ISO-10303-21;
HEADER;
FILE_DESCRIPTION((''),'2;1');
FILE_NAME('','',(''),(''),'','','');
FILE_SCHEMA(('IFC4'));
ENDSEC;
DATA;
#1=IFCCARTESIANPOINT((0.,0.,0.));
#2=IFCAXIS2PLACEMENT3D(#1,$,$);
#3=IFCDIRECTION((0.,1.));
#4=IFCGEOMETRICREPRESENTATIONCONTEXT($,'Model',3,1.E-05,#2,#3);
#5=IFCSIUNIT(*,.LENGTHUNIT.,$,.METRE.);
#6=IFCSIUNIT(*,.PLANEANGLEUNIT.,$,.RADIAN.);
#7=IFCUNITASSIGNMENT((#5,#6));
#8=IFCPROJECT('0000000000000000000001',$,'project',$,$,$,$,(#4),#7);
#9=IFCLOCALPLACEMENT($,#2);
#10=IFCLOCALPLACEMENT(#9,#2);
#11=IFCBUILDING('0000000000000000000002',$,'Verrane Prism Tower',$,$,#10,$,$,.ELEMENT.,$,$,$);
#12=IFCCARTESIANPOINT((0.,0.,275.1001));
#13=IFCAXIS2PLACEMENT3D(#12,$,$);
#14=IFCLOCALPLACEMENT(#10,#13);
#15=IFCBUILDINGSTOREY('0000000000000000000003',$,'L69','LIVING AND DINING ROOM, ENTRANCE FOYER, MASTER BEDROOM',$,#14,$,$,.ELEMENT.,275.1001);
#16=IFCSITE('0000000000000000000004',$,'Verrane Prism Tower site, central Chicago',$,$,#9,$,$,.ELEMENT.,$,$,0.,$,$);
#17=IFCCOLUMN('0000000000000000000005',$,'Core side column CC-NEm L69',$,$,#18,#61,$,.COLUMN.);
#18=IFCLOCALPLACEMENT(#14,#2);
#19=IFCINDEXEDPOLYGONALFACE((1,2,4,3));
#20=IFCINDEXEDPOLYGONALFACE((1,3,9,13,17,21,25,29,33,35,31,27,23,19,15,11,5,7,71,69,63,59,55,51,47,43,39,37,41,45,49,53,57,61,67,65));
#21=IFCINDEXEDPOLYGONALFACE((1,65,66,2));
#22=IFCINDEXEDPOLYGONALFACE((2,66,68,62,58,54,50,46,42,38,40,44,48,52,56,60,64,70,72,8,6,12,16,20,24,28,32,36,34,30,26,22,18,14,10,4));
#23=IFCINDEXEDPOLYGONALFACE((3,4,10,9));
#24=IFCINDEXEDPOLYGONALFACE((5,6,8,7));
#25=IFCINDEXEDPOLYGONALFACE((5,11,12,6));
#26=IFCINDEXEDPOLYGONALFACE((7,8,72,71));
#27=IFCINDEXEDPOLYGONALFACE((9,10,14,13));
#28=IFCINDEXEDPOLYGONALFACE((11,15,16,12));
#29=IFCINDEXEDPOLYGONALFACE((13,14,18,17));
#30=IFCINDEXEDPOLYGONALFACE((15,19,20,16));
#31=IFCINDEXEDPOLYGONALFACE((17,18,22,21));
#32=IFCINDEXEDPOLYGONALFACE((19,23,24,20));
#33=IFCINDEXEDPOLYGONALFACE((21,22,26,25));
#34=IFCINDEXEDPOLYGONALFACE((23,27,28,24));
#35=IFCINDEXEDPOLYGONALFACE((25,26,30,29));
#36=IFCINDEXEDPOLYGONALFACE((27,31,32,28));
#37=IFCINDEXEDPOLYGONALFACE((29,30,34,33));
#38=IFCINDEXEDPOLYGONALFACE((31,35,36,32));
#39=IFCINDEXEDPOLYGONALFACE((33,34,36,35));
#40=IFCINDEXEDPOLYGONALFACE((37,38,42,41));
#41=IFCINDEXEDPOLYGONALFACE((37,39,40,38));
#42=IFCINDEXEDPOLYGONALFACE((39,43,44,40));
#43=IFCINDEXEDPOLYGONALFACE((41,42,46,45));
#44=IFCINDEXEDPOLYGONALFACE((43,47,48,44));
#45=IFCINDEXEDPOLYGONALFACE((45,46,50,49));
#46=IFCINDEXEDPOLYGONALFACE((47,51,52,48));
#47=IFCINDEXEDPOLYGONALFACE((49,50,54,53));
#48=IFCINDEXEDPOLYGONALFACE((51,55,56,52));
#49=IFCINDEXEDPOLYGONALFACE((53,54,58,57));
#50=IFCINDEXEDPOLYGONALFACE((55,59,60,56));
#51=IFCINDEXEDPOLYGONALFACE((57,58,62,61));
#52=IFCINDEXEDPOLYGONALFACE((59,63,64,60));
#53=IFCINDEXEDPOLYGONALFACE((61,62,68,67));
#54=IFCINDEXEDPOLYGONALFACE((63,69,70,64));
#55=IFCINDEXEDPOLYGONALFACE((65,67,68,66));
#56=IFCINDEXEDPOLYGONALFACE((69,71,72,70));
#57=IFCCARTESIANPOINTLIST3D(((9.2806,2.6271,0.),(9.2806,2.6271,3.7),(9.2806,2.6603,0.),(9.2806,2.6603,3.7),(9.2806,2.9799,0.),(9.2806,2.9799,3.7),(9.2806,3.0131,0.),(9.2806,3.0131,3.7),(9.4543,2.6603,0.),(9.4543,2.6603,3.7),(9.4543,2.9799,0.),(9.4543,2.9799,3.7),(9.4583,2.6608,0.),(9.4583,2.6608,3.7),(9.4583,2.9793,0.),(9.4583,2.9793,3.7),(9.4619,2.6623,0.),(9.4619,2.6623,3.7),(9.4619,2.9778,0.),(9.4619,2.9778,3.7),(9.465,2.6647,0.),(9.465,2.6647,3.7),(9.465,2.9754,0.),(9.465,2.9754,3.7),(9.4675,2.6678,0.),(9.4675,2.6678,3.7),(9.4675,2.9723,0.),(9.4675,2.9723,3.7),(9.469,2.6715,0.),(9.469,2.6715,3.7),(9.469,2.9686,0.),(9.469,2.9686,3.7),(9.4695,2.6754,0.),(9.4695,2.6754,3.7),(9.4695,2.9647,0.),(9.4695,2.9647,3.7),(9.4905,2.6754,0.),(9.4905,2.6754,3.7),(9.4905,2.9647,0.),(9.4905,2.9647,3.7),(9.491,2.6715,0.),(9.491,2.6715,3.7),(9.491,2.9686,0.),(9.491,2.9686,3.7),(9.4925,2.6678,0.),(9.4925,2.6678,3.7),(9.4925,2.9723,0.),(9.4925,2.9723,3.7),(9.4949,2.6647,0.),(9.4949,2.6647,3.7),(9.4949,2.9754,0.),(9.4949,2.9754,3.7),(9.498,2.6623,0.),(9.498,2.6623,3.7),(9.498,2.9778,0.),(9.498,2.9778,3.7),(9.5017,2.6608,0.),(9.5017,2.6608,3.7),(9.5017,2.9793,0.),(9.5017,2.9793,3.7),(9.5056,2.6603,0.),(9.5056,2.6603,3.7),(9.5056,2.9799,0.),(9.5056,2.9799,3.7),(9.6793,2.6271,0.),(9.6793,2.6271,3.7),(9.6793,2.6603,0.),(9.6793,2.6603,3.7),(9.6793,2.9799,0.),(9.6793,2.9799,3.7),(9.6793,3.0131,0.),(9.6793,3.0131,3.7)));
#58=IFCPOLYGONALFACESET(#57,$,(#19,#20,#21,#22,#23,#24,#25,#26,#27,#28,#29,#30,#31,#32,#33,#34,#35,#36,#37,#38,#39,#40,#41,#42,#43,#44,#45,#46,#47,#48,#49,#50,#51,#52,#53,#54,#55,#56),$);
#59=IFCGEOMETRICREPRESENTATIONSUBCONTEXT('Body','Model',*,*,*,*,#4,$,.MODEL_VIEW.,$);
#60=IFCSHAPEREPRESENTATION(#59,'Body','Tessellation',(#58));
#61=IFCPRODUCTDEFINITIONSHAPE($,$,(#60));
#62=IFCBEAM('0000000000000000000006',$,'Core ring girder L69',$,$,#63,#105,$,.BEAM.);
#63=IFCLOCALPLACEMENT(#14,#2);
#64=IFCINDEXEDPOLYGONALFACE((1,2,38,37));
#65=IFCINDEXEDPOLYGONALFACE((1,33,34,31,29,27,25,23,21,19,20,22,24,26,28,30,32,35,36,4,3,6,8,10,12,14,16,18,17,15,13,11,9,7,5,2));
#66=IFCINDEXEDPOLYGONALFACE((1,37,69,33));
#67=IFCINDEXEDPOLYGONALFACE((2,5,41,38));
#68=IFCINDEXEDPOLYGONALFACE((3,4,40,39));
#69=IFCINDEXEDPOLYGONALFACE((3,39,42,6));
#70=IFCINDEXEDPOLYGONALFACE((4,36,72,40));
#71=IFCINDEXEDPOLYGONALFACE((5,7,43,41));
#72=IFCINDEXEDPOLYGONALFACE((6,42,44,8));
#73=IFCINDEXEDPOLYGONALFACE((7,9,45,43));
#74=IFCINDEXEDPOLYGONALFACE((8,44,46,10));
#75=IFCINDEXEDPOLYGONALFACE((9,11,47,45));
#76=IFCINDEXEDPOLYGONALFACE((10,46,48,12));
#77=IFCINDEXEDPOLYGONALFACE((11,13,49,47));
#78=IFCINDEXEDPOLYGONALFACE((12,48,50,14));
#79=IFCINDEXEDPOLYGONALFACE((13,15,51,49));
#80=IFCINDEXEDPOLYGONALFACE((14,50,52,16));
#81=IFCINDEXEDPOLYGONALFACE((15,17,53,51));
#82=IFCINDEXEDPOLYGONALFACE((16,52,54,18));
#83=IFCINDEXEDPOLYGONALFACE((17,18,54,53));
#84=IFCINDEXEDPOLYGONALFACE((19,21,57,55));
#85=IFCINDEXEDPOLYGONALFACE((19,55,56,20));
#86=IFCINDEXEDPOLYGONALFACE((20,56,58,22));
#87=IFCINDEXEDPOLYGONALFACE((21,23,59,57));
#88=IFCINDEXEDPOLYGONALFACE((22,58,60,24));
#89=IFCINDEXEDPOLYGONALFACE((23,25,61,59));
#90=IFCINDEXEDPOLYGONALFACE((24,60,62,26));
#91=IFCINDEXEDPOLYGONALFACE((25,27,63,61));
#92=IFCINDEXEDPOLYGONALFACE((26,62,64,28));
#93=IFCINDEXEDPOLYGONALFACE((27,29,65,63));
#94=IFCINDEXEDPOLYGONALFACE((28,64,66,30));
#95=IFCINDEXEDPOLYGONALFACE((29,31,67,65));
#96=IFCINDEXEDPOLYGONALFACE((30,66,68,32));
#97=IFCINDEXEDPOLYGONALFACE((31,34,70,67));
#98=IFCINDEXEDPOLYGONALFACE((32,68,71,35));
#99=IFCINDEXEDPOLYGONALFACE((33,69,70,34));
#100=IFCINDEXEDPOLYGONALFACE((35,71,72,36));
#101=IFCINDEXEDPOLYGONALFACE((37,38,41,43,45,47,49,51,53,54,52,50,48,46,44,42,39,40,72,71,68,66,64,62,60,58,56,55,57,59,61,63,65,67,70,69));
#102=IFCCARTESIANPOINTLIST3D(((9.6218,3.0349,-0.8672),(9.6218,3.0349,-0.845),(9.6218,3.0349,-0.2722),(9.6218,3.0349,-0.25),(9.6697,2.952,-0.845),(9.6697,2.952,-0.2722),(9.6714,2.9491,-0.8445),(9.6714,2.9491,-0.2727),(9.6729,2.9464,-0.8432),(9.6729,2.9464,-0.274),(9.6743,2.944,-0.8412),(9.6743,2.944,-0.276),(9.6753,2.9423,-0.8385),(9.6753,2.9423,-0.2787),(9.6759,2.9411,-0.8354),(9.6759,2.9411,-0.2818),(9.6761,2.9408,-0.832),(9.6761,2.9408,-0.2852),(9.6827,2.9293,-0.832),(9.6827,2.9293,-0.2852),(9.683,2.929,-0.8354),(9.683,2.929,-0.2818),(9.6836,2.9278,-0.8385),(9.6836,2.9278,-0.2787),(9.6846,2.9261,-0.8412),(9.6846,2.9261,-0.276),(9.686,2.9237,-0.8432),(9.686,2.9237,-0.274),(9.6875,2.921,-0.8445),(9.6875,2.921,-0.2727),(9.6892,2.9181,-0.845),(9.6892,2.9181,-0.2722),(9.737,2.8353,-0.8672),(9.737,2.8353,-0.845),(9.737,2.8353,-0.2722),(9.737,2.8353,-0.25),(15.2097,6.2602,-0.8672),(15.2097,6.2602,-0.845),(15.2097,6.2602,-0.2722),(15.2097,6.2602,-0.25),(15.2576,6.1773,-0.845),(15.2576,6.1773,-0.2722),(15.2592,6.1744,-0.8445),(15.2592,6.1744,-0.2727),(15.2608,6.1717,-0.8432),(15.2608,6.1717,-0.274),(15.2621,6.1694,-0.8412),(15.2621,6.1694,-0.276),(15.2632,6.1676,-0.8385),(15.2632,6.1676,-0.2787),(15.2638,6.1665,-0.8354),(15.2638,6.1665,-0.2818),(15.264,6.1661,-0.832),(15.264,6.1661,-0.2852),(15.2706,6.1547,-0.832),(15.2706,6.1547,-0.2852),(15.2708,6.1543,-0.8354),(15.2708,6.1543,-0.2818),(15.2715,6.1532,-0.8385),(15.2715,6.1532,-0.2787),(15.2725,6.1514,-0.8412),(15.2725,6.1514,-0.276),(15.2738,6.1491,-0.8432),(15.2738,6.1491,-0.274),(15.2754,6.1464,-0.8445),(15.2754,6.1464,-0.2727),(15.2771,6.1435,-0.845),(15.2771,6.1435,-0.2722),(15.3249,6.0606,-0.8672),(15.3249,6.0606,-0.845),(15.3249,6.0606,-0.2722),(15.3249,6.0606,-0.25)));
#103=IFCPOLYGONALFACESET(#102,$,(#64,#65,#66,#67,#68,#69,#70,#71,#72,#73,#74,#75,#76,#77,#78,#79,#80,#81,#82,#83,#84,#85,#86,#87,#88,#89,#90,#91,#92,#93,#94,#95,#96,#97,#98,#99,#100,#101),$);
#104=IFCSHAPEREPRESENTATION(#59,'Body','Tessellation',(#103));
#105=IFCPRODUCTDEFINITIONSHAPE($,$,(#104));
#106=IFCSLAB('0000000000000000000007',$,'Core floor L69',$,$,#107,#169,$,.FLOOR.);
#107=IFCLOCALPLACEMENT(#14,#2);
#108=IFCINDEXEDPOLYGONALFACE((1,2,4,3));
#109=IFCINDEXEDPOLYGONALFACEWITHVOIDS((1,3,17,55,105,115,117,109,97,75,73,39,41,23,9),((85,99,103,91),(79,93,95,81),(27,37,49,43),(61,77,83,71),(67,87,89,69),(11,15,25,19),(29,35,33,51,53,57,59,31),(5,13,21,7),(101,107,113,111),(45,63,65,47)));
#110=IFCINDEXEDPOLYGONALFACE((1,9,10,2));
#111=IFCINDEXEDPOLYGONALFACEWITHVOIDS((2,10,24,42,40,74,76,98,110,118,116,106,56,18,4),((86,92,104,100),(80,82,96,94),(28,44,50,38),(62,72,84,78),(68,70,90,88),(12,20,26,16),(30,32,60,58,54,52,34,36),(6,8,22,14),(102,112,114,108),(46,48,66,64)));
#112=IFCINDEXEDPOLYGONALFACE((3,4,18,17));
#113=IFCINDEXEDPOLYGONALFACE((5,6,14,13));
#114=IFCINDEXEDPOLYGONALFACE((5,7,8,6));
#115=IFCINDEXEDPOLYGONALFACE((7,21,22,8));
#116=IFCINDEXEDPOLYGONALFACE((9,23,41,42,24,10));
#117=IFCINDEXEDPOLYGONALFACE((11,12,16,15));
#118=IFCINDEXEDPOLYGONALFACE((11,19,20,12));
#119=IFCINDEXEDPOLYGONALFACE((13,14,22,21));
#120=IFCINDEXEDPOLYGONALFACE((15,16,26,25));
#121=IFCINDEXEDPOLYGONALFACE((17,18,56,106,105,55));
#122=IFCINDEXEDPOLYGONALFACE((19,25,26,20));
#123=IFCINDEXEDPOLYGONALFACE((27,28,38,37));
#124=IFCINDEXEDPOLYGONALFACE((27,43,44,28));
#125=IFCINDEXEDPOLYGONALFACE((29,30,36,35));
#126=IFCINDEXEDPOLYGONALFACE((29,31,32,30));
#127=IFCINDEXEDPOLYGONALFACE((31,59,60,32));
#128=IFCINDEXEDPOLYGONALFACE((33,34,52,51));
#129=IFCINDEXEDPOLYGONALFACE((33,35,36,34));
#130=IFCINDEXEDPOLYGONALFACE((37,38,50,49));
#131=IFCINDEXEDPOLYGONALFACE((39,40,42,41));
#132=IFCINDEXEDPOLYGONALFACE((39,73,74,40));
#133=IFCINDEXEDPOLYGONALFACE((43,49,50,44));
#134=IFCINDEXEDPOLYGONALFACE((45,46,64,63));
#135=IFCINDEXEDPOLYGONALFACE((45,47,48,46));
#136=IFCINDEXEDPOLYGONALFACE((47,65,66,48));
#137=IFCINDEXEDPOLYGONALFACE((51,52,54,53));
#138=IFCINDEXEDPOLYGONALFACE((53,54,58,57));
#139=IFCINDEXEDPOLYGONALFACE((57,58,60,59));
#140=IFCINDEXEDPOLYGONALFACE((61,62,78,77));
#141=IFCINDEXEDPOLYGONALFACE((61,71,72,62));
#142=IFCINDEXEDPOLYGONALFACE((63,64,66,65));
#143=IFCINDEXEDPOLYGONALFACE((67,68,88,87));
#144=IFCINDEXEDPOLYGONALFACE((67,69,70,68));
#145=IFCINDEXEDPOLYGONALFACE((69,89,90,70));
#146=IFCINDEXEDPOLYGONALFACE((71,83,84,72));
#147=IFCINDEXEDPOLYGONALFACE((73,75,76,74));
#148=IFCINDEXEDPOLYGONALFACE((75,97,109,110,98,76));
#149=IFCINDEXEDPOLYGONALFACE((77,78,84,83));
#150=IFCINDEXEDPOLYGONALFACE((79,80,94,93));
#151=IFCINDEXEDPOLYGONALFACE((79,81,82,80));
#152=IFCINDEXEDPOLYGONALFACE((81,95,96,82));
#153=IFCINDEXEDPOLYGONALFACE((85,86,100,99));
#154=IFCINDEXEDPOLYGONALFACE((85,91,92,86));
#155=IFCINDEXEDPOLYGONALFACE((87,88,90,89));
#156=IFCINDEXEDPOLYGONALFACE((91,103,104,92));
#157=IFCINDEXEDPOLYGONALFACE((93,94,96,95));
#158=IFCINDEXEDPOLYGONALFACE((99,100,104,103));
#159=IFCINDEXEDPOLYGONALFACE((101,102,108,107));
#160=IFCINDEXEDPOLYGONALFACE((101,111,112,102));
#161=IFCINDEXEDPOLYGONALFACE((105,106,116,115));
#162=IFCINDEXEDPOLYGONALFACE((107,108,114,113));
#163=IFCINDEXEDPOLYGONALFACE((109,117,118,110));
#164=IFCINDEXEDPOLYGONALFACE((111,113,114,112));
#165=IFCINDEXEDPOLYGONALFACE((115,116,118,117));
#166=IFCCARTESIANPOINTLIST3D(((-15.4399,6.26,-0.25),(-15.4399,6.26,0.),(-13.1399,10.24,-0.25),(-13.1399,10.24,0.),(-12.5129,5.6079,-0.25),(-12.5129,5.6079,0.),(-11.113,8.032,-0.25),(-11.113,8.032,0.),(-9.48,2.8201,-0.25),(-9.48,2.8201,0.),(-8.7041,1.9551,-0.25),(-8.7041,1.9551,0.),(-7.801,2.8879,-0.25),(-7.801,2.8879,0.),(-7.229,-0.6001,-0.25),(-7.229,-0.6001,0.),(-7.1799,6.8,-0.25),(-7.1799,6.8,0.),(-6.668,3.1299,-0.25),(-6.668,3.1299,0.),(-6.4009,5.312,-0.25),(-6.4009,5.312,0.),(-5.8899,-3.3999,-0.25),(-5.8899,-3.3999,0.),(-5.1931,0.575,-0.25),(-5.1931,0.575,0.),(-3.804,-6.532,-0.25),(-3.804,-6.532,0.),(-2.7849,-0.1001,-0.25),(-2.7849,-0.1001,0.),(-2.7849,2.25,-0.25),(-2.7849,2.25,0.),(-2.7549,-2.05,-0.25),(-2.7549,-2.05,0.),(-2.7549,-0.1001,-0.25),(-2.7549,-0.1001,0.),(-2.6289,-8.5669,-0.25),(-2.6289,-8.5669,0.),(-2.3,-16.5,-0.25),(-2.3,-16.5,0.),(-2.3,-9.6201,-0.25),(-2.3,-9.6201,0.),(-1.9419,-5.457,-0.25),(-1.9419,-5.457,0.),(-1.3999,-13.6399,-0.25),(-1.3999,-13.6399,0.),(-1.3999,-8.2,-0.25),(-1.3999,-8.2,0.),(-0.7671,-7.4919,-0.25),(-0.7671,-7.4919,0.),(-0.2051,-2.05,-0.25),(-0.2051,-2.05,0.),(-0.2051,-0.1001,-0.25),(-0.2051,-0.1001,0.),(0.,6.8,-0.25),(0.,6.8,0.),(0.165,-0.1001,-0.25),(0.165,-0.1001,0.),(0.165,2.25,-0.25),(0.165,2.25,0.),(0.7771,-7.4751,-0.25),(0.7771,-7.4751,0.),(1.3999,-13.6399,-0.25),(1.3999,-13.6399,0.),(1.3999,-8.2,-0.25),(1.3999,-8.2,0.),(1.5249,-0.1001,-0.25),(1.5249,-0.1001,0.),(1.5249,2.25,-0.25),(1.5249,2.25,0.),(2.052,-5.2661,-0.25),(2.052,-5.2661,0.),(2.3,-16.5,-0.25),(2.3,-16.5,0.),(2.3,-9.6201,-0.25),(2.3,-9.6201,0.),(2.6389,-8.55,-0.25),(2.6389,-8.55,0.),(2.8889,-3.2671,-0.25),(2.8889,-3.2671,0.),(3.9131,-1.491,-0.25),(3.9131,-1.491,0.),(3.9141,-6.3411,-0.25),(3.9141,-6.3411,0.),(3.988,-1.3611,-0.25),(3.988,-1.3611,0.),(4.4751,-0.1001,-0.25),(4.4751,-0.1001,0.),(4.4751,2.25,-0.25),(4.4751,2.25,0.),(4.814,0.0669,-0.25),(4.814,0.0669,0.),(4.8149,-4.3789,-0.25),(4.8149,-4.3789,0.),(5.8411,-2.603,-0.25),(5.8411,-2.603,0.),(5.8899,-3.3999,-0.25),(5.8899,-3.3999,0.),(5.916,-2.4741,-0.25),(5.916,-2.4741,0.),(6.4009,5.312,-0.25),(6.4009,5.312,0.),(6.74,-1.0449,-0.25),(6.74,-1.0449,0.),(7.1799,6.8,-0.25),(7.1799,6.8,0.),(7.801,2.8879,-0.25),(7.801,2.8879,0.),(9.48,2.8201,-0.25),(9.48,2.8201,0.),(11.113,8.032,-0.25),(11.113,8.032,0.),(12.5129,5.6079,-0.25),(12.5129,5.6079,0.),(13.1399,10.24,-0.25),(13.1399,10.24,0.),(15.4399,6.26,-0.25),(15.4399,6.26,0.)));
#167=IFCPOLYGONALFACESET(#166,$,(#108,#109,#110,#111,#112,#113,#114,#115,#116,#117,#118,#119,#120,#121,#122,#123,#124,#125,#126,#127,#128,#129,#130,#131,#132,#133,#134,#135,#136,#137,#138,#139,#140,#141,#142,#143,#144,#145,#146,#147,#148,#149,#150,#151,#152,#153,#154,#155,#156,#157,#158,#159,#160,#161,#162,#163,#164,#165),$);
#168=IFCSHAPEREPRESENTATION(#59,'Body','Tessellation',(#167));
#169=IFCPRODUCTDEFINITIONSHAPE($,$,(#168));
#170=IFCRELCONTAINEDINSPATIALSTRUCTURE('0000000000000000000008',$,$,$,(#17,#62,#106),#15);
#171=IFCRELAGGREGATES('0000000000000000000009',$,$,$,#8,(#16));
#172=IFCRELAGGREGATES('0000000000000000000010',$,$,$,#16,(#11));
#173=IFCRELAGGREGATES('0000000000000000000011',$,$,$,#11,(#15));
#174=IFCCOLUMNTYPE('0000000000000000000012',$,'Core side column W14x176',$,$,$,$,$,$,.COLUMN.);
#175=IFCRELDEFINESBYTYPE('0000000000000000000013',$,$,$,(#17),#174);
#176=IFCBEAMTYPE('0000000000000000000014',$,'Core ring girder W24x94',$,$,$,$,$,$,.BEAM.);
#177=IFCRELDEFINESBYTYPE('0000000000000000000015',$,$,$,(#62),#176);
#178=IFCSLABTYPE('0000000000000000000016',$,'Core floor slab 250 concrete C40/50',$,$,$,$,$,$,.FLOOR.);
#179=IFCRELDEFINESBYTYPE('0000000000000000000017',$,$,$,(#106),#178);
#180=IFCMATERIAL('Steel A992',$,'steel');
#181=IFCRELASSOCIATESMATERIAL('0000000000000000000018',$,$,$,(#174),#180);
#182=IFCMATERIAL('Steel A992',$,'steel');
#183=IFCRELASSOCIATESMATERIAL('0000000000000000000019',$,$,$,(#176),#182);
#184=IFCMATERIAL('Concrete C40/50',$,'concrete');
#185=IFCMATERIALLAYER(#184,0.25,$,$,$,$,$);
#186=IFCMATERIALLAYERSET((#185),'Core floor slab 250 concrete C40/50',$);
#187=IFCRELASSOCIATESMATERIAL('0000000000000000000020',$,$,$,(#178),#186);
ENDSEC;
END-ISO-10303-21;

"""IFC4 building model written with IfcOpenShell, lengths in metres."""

from ifc_helpers import new_model, si_unit, direction, frame, origin, origin_2d, place, context, subcontext, project, spatial, polyline, i_section, outline, extrude, material, layer, layer_set, material_profile, profile_set, type_object, element, save


model = new_model("IFC4")

# Units and contexts
model_context = context("Model", 3, precision=1e-05, world=origin(), true_north=direction((0.0, 1.0)))
body_context = subcontext(model_context, "Body", "Model", "MODEL_VIEW")
ifc_project = project(units=[si_unit("LENGTHUNIT", "METRE"), si_unit("PLANEANGLEUNIT", "RADIAN")], contexts=[model_context])

# Site, building, storey
site_placement = place(None, origin())
site = spatial("IfcSite", under=ifc_project, at=site_placement, Name="Verrane Prism Tower site, central Chicago", CompositionType="ELEMENT", RefElevation=0.0)
building_placement = place(site_placement, origin())
building = spatial("IfcBuilding", under=site, at=building_placement, Name="Verrane Prism Tower", CompositionType="ELEMENT")
storey_placement = place(building_placement, frame((0.0, 0.0, 275.1001)))
storey = spatial("IfcBuildingStorey", under=building, at=storey_placement, Name="L69", Description="LIVING AND DINING ROOM, ENTRANCE FOYER, MASTER BEDROOM", CompositionType="ELEMENT", Elevation=275.1001)

# Column
ifc_material_1 = material(Name="Steel A992", Category="steel")
ifc_material_profile_1 = material_profile(ifc_material_1, i_section(OverallWidth=0.3987, OverallDepth=0.386, WebThickness=0.021, FlangeThickness=0.0332, FilletRadius=0.0151, at=origin_2d()), Name="W14x176")
ifc_profile_set_1 = profile_set([ifc_material_profile_1], Name="Steel A992")
column_type = type_object("IfcColumnType", Name="Core side column W14x176", PredefinedType="COLUMN", material=ifc_profile_set_1)
column_placement = place(storey_placement, frame((9.48, 2.8201, 0.0), z_axis=(0.0, 0.0, 1.0), x_axis=(1.0, 0.0, 0.0)))
element("IfcColumn", 1, at=column_placement, inside=storey, type_object=column_type, Name="Core side column CC-NEm L69", PredefinedType="COLUMN", context=body_context, shape_type="SweptSolid", body=[
    extrude(i_section(OverallWidth=0.3987, OverallDepth=0.386, WebThickness=0.021, FlangeThickness=0.0332, FilletRadius=0.0151, at=origin_2d()), origin(), (0.0, 0.0, 1.0), 3.7),
])

# Beam
ifc_material_2 = material(Name="Steel A992", Category="steel")
ifc_material_profile_2 = material_profile(ifc_material_2, i_section(OverallWidth=0.2305, OverallDepth=0.6172, WebThickness=0.0132, FlangeThickness=0.0222, FilletRadius=0.0129, at=origin_2d()), Name="W24x94")
ifc_profile_set_2 = profile_set([ifc_material_profile_2], Name="Steel A992")
beam_type = type_object("IfcBeamType", Name="Core ring girder W24x94", PredefinedType="BEAM", material=ifc_profile_set_2)
beam_placement = place(storey_placement, frame((9.6794, 2.9351, -0.5586), z_axis=(0.866081, 0.499904, 0.0), x_axis=(-0.499904, 0.866081, 0.0)))
element("IfcBeam", 2, at=beam_placement, inside=storey, type_object=beam_type, Name="Core ring girder L69", PredefinedType="BEAM", context=body_context, shape_type="SweptSolid", body=[
    extrude(i_section(OverallWidth=0.2305, OverallDepth=0.6172, WebThickness=0.0132, FlangeThickness=0.0222, FilletRadius=0.0129, at=origin_2d()), origin(), (0.0, 0.0, 1.0), 6.4519),
])

# Slab
ifc_material_3 = material(Name="Concrete C40/50", Category="concrete")
ifc_layer_1 = layer(ifc_material_3, 0.25)
ifc_layer_set_1 = layer_set([ifc_layer_1], Name="Core floor slab 250 concrete C40/50")
slab_type_1 = type_object("IfcSlabType", Name="Core floor slab 250 concrete C40/50", PredefinedType="FLOOR", material=ifc_layer_set_1)
slab_1_placement = place(storey_placement, frame((0.0, 0.0, -0.25)))
element("IfcSlab", 3, at=slab_1_placement, inside=storey, type_object=slab_type_1, Name="Core floor L69", PredefinedType="FLOOR", context=body_context, shape_type="SweptSolid", body=[
    extrude(outline(polyline([(9.48, 2.8201), (15.4399, 6.26), (13.1399, 10.24), (7.1799, 6.8), (0.0, 6.8), (-7.1799, 6.8), (-13.1399, 10.24), (-15.4399, 6.26), (-9.48, 2.8201), (-5.8899, -3.3999), (-2.3, -9.6201), (-2.3, -16.5), (2.3, -16.5), (2.3, -9.6201), (5.8899, -3.3999), (9.48, 2.8201)]), holes=[polyline([(-1.3999, -8.2), (1.3999, -8.2), (1.3999, -13.6399), (-1.3999, -13.6399), (-1.3999, -8.2)]), polyline([(-0.7671, -7.4919), (-2.6289, -8.5669), (-3.804, -6.532), (-1.9419, -5.457), (-0.7671, -7.4919)]), polyline([(3.9141, -6.3411), (2.6389, -8.55), (0.7771, -7.4751), (2.052, -5.2661), (3.9141, -6.3411)]), polyline([(4.8149, -4.3789), (2.8889, -3.2671), (3.9131, -1.491), (5.8411, -2.603), (4.8149, -4.3789)]), polyline([(6.74, -1.0449), (5.916, -2.4741), (3.988, -1.3611), (4.814, 0.0669), (6.74, -1.0449)]), polyline([(-2.7849, -0.1001), (-2.7849, 2.25), (0.165, 2.25), (0.165, -0.1001), (-0.2051, -0.1001), (-0.2051, -2.05), (-2.7549, -2.05), (-2.7549, -0.1001), (-2.7849, -0.1001)]), polyline([(4.4751, 2.25), (4.4751, -0.1001), (1.5249, -0.1001), (1.5249, 2.25), (4.4751, 2.25)]), polyline([(-8.7041, 1.9551), (-6.668, 3.1299), (-5.1931, 0.575), (-7.229, -0.6001), (-8.7041, 1.9551)]), polyline([(-7.801, 2.8879), (-12.5129, 5.6079), (-11.113, 8.032), (-6.4009, 5.312), (-7.801, 2.8879)]), polyline([(6.4009, 5.312), (11.113, 8.032), (12.5129, 5.6079), (7.801, 2.8879), (6.4009, 5.312)])]), origin(), (0.0, 0.0, 1.0), 0.25),
])

save(model, "model.ifc")
